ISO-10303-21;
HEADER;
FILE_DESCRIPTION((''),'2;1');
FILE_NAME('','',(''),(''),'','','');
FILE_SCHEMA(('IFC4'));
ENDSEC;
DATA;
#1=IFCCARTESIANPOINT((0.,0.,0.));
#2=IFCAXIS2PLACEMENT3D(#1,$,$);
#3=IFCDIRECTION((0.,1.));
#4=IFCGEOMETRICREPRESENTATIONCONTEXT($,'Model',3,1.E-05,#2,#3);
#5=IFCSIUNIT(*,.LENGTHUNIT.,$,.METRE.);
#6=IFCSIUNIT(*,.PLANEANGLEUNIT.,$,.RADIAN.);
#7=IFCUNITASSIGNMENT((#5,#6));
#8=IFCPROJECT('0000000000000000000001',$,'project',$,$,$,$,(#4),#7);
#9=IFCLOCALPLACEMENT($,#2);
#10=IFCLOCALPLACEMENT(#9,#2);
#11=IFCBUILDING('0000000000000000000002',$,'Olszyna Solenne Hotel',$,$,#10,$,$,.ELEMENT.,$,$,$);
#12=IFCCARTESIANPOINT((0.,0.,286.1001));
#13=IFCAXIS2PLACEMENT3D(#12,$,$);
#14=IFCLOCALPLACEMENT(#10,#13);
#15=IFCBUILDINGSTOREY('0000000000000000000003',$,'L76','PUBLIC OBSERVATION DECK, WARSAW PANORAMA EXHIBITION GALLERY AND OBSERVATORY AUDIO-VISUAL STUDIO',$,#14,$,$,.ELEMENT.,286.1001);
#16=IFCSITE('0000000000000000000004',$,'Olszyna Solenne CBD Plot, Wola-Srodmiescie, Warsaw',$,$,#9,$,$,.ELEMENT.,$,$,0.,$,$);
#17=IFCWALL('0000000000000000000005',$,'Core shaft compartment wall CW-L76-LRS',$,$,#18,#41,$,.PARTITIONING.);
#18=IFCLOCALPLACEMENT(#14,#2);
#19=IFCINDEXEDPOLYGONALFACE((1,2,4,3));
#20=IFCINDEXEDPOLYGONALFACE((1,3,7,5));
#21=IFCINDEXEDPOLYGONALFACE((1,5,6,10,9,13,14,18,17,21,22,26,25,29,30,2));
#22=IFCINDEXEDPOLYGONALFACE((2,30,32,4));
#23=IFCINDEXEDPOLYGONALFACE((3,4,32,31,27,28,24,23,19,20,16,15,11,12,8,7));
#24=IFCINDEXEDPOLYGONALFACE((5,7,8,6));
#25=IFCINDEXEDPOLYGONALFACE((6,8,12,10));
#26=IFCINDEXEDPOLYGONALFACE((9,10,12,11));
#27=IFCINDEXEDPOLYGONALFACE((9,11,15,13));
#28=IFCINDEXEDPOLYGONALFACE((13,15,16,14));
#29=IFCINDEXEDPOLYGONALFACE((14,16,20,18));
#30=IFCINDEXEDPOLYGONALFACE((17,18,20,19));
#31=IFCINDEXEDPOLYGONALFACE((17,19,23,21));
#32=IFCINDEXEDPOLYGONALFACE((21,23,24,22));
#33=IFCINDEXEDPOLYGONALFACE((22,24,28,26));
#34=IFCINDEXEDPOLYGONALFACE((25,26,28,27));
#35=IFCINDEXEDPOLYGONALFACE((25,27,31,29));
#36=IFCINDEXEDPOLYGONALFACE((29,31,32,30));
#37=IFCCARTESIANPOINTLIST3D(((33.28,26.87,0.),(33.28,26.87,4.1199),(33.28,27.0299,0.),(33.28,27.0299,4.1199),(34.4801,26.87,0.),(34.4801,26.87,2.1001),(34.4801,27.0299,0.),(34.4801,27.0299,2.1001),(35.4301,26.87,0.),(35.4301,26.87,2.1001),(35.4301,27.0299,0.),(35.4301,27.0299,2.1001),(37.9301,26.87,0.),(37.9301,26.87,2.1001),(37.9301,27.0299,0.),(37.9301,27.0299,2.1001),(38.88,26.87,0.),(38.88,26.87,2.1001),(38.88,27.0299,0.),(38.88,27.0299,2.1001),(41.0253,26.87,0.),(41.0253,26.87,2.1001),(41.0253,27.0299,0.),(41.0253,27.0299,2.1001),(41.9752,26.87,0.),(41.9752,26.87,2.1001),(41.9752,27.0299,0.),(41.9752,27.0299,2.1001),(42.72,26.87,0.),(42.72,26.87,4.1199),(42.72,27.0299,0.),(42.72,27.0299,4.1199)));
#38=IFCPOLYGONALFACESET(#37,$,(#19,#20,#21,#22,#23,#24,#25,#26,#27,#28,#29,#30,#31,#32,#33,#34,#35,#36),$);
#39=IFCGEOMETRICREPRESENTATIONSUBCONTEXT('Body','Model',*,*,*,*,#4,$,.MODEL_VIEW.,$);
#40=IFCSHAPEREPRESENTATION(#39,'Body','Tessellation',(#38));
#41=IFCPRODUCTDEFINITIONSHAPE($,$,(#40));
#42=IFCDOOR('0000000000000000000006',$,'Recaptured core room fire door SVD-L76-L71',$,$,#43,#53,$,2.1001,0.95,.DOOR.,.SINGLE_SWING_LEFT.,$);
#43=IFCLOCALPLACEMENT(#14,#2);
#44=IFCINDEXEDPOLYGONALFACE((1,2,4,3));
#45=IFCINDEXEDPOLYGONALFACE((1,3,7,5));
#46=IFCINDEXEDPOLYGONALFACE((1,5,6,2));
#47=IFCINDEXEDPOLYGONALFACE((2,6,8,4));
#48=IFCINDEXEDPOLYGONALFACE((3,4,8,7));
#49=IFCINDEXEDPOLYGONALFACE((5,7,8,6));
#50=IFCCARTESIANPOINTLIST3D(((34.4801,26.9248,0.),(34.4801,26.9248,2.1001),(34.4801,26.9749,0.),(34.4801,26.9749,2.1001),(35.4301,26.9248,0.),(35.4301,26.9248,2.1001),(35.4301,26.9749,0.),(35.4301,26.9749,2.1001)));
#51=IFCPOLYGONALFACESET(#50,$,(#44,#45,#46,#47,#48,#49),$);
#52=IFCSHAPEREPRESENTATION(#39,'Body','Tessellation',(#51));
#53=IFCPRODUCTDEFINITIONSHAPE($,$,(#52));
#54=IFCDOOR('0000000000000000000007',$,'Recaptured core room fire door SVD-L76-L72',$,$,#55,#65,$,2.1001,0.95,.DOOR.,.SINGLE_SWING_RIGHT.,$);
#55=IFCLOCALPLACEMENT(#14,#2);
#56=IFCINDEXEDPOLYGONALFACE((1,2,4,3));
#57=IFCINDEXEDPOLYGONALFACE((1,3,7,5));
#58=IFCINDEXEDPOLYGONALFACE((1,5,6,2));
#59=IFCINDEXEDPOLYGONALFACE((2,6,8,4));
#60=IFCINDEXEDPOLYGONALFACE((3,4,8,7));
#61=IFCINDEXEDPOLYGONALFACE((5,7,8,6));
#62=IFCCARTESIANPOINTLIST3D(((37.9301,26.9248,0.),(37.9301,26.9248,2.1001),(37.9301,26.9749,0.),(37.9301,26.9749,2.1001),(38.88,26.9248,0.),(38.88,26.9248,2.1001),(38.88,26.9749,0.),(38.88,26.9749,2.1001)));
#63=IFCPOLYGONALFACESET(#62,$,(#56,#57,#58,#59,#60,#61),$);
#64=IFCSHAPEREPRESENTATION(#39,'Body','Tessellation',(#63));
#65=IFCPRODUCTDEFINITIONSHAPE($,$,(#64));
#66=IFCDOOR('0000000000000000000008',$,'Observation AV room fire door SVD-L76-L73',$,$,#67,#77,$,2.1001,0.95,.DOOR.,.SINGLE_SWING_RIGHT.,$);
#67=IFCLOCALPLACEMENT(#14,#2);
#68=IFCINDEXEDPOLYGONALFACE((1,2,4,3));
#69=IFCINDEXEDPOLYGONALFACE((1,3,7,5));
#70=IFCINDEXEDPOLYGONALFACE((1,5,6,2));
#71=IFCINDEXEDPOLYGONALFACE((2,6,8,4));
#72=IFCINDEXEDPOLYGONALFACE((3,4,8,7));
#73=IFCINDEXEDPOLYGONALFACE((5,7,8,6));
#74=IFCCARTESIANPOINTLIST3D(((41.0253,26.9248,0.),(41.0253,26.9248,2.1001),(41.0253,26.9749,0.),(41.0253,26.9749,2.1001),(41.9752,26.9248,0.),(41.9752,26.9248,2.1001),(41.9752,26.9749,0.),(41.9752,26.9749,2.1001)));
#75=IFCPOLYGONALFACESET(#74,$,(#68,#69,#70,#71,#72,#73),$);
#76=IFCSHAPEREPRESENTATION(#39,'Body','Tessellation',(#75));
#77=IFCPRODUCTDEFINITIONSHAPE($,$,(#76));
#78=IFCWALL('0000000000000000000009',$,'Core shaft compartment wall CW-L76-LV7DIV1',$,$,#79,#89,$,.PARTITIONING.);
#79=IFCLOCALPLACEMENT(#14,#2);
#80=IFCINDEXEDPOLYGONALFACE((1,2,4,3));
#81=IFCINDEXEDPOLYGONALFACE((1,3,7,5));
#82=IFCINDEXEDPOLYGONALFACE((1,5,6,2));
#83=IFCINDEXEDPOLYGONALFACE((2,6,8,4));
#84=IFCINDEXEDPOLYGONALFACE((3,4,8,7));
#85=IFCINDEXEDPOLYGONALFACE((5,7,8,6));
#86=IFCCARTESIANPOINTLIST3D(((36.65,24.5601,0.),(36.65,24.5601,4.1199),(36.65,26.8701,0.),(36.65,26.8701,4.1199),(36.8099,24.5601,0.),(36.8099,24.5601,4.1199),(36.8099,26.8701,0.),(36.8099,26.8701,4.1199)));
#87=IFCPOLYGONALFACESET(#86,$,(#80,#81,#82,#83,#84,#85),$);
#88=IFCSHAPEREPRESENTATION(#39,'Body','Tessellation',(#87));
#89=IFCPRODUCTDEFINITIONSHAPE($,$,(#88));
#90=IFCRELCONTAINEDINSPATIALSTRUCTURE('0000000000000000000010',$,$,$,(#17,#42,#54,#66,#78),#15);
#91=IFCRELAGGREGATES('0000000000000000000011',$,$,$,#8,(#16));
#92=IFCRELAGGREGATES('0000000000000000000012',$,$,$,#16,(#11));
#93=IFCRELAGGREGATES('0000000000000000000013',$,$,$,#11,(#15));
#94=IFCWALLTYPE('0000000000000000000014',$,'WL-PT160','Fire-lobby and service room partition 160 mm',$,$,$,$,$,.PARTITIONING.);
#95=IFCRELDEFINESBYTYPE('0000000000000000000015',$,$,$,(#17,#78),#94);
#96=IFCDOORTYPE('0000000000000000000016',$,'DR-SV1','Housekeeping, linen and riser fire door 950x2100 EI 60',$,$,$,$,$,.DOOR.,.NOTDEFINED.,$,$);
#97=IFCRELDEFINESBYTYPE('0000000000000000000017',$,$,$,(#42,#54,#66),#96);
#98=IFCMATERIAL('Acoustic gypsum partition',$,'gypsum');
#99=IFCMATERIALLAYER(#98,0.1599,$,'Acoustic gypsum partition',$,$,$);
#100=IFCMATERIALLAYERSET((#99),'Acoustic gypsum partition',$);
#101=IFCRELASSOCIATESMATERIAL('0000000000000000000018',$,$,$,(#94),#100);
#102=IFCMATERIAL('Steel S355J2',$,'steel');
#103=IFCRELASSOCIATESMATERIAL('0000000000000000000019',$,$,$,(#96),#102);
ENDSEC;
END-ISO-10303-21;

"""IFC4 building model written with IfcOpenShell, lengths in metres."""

from ifc_helpers import new_model, si_unit, direction, frame, frame_2d, origin, place, context, subcontext, project, spatial, rectangle, extrude, source, transform, mapped, material, layer, layer_set, type_object, type_shapes, element, fill, save


model = new_model("IFC4")

# Units and contexts
model_context = context("Model", 3, precision=1e-05, world=origin(), true_north=direction((0.0, 1.0)))
body_context = subcontext(model_context, "Body", "Model", "MODEL_VIEW")
ifc_project = project(units=[si_unit("LENGTHUNIT", "METRE"), si_unit("PLANEANGLEUNIT", "RADIAN")], contexts=[model_context])

# Site, building, storey
site_placement = place(None, origin())
site = spatial("IfcSite", under=ifc_project, at=site_placement, Name="Olszyna Solenne CBD Plot, Wola-Srodmiescie, Warsaw", CompositionType="ELEMENT", RefElevation=0.0)
building_placement = place(site_placement, origin())
building = spatial("IfcBuilding", under=site, at=building_placement, Name="Olszyna Solenne Hotel", CompositionType="ELEMENT")
storey_placement = place(building_placement, frame((0.0, 0.0, 286.1001)))
storey = spatial("IfcBuildingStorey", under=building, at=storey_placement, Name="L76", Description="PUBLIC OBSERVATION DECK, WARSAW PANORAMA EXHIBITION GALLERY AND OBSERVATORY AUDIO-VISUAL STUDIO", CompositionType="ELEMENT", Elevation=286.1001)

# Shared definitions
ifc_material_1 = material(Name="Steel S355J2", Category="steel")

# Shared definitions
ifc_material_2 = material(Name="Acoustic gypsum partition", Category="gypsum")
ifc_layer = layer(ifc_material_2, 0.1599, Name="Acoustic gypsum partition")
ifc_layer_set = layer_set([ifc_layer], Name="Acoustic gypsum partition")
wall_type = type_object("IfcWallType", Name="WL-PT160", Description="Fire-lobby and service room partition 160 mm", PredefinedType="PARTITIONING", material=ifc_layer_set)

# Wall, openings, doors
wall_1_placement = place(storey_placement, frame((33.28, 26.95, 0.0), z_axis=(0.0, 0.0, 1.0), x_axis=(1.0, 0.0, 0.0)))
wall_1 = element("IfcWall", 1, at=wall_1_placement, inside=storey, type_object=wall_type, Name="Core shaft compartment wall CW-L76-LRS", PredefinedType="PARTITIONING", context=body_context, shape_type="SweptSolid", body=[
    extrude(rectangle(XDim=9.4399, YDim=0.1599, at=frame_2d((4.72, 0.0))), origin(), (0.0, 0.0, 1.0), 4.1199),
])
opening_1_placement = place(wall_1_placement, frame((1.2, 0.0, 0.0)))
opening_1 = element("IfcOpeningElement", 2, at=opening_1_placement, cuts=wall_1, PredefinedType="OPENING", context=body_context, shape_type="SweptSolid", body=[
    extrude(rectangle(XDim=0.95, YDim=2.1001, at=frame_2d((0.4751, 1.05))), frame((0.0, 0.0898, 0.0), z_axis=(0.0, -1.0, 0.0), x_axis=(1.0, 0.0, 0.0)), (0.0, 0.0, 1.0), 0.1799),
])
opening_2_placement = place(wall_1_placement, frame((4.6499, 0.0, 0.0)))
opening_2 = element("IfcOpeningElement", 3, at=opening_2_placement, cuts=wall_1, PredefinedType="OPENING", context=body_context, shape_type="SweptSolid", body=[
    extrude(rectangle(XDim=0.95, YDim=2.1001, at=frame_2d((0.4751, 1.05))), frame((0.0, 0.0898, 0.0), z_axis=(0.0, -1.0, 0.0), x_axis=(1.0, 0.0, 0.0)), (0.0, 0.0, 1.0), 0.1799),
])
opening_3_placement = place(wall_1_placement, frame((7.7451, 0.0, 0.0)))
opening_3 = element("IfcOpeningElement", 4, at=opening_3_placement, cuts=wall_1, PredefinedType="OPENING", context=body_context, shape_type="SweptSolid", body=[
    extrude(rectangle(XDim=0.95, YDim=2.1001, at=frame_2d((0.4751, 1.05))), frame((0.0, 0.0898, 0.0), z_axis=(0.0, -1.0, 0.0), x_axis=(1.0, 0.0, 0.0)), (0.0, 0.0, 1.0), 0.1799),
])
door_type_1 = type_object("IfcDoorType", Name="DR-SV1", Description="Housekeeping, linen and riser fire door 950x2100 EI 60", OperationType="NOTDEFINED", PredefinedType="DOOR", material=ifc_material_1)
shared_shape_1 = source(origin(), body_context, "Body", "SweptSolid", [
    extrude(rectangle(XDim=0.95, YDim=2.1001, at=frame_2d((0.4751, 1.05))), frame((0.0, 0.0249, 0.0), z_axis=(0.0, -1.0, 0.0), x_axis=(1.0, 0.0, 0.0)), (0.0, 0.0, 1.0), 0.05),
])
type_shapes(door_type_1, [shared_shape_1])
door_1_placement = place(opening_1_placement, origin())
door_1 = element("IfcDoor", 5, at=door_1_placement, inside=storey, type_object=door_type_1, Name="Recaptured core room fire door SVD-L76-L71", OperationType="SINGLE_SWING_LEFT", OverallHeight=2.1001, OverallWidth=0.95, PredefinedType="DOOR", context=body_context, shape_type="MappedRepresentation", body=[
    mapped(shared_shape_1, transform((0.0, 0.0, 0.0), x_axis=(1.0, 0.0, 0.0), y_axis=(0.0, 1.0, 0.0), z_axis=(0.0, 0.0, 1.0), scale=1.0)),
])
fill(opening_1, door_1)
door_2_placement = place(opening_2_placement, origin())
door_2 = element("IfcDoor", 6, at=door_2_placement, inside=storey, type_object=door_type_1, Name="Recaptured core room fire door SVD-L76-L72", OperationType="SINGLE_SWING_RIGHT", OverallHeight=2.1001, OverallWidth=0.95, PredefinedType="DOOR", context=body_context, shape_type="MappedRepresentation", body=[
    mapped(shared_shape_1, transform((0.0, 0.0, 0.0), x_axis=(1.0, 0.0, 0.0), y_axis=(0.0, 1.0, 0.0), z_axis=(0.0, 0.0, 1.0), scale=1.0)),
])
fill(opening_2, door_2)
door_3_placement = place(opening_3_placement, origin())
door_3 = element("IfcDoor", 7, at=door_3_placement, inside=storey, type_object=door_type_1, Name="Observation AV room fire door SVD-L76-L73", OperationType="SINGLE_SWING_RIGHT", OverallHeight=2.1001, OverallWidth=0.95, PredefinedType="DOOR", context=body_context, shape_type="MappedRepresentation", body=[
    mapped(shared_shape_1, transform((0.0, 0.0, 0.0), x_axis=(1.0, 0.0, 0.0), y_axis=(0.0, 1.0, 0.0), z_axis=(0.0, 0.0, 1.0), scale=1.0)),
])
fill(opening_3, door_3)

# Wall
wall_2_placement = place(storey_placement, frame((36.73, 24.5601, 0.0), z_axis=(0.0, 0.0, 1.0), x_axis=(0.0, 1.0, 0.0)))
element("IfcWall", 8, at=wall_2_placement, inside=storey, type_object=wall_type, Name="Core shaft compartment wall CW-L76-LV7DIV1", PredefinedType="PARTITIONING", context=body_context, shape_type="SweptSolid", body=[
    extrude(rectangle(XDim=2.3101, YDim=0.1599, at=frame_2d((1.155, 0.0))), origin(), (0.0, 0.0, 1.0), 4.1199),
])

save(model, "model.ifc")
